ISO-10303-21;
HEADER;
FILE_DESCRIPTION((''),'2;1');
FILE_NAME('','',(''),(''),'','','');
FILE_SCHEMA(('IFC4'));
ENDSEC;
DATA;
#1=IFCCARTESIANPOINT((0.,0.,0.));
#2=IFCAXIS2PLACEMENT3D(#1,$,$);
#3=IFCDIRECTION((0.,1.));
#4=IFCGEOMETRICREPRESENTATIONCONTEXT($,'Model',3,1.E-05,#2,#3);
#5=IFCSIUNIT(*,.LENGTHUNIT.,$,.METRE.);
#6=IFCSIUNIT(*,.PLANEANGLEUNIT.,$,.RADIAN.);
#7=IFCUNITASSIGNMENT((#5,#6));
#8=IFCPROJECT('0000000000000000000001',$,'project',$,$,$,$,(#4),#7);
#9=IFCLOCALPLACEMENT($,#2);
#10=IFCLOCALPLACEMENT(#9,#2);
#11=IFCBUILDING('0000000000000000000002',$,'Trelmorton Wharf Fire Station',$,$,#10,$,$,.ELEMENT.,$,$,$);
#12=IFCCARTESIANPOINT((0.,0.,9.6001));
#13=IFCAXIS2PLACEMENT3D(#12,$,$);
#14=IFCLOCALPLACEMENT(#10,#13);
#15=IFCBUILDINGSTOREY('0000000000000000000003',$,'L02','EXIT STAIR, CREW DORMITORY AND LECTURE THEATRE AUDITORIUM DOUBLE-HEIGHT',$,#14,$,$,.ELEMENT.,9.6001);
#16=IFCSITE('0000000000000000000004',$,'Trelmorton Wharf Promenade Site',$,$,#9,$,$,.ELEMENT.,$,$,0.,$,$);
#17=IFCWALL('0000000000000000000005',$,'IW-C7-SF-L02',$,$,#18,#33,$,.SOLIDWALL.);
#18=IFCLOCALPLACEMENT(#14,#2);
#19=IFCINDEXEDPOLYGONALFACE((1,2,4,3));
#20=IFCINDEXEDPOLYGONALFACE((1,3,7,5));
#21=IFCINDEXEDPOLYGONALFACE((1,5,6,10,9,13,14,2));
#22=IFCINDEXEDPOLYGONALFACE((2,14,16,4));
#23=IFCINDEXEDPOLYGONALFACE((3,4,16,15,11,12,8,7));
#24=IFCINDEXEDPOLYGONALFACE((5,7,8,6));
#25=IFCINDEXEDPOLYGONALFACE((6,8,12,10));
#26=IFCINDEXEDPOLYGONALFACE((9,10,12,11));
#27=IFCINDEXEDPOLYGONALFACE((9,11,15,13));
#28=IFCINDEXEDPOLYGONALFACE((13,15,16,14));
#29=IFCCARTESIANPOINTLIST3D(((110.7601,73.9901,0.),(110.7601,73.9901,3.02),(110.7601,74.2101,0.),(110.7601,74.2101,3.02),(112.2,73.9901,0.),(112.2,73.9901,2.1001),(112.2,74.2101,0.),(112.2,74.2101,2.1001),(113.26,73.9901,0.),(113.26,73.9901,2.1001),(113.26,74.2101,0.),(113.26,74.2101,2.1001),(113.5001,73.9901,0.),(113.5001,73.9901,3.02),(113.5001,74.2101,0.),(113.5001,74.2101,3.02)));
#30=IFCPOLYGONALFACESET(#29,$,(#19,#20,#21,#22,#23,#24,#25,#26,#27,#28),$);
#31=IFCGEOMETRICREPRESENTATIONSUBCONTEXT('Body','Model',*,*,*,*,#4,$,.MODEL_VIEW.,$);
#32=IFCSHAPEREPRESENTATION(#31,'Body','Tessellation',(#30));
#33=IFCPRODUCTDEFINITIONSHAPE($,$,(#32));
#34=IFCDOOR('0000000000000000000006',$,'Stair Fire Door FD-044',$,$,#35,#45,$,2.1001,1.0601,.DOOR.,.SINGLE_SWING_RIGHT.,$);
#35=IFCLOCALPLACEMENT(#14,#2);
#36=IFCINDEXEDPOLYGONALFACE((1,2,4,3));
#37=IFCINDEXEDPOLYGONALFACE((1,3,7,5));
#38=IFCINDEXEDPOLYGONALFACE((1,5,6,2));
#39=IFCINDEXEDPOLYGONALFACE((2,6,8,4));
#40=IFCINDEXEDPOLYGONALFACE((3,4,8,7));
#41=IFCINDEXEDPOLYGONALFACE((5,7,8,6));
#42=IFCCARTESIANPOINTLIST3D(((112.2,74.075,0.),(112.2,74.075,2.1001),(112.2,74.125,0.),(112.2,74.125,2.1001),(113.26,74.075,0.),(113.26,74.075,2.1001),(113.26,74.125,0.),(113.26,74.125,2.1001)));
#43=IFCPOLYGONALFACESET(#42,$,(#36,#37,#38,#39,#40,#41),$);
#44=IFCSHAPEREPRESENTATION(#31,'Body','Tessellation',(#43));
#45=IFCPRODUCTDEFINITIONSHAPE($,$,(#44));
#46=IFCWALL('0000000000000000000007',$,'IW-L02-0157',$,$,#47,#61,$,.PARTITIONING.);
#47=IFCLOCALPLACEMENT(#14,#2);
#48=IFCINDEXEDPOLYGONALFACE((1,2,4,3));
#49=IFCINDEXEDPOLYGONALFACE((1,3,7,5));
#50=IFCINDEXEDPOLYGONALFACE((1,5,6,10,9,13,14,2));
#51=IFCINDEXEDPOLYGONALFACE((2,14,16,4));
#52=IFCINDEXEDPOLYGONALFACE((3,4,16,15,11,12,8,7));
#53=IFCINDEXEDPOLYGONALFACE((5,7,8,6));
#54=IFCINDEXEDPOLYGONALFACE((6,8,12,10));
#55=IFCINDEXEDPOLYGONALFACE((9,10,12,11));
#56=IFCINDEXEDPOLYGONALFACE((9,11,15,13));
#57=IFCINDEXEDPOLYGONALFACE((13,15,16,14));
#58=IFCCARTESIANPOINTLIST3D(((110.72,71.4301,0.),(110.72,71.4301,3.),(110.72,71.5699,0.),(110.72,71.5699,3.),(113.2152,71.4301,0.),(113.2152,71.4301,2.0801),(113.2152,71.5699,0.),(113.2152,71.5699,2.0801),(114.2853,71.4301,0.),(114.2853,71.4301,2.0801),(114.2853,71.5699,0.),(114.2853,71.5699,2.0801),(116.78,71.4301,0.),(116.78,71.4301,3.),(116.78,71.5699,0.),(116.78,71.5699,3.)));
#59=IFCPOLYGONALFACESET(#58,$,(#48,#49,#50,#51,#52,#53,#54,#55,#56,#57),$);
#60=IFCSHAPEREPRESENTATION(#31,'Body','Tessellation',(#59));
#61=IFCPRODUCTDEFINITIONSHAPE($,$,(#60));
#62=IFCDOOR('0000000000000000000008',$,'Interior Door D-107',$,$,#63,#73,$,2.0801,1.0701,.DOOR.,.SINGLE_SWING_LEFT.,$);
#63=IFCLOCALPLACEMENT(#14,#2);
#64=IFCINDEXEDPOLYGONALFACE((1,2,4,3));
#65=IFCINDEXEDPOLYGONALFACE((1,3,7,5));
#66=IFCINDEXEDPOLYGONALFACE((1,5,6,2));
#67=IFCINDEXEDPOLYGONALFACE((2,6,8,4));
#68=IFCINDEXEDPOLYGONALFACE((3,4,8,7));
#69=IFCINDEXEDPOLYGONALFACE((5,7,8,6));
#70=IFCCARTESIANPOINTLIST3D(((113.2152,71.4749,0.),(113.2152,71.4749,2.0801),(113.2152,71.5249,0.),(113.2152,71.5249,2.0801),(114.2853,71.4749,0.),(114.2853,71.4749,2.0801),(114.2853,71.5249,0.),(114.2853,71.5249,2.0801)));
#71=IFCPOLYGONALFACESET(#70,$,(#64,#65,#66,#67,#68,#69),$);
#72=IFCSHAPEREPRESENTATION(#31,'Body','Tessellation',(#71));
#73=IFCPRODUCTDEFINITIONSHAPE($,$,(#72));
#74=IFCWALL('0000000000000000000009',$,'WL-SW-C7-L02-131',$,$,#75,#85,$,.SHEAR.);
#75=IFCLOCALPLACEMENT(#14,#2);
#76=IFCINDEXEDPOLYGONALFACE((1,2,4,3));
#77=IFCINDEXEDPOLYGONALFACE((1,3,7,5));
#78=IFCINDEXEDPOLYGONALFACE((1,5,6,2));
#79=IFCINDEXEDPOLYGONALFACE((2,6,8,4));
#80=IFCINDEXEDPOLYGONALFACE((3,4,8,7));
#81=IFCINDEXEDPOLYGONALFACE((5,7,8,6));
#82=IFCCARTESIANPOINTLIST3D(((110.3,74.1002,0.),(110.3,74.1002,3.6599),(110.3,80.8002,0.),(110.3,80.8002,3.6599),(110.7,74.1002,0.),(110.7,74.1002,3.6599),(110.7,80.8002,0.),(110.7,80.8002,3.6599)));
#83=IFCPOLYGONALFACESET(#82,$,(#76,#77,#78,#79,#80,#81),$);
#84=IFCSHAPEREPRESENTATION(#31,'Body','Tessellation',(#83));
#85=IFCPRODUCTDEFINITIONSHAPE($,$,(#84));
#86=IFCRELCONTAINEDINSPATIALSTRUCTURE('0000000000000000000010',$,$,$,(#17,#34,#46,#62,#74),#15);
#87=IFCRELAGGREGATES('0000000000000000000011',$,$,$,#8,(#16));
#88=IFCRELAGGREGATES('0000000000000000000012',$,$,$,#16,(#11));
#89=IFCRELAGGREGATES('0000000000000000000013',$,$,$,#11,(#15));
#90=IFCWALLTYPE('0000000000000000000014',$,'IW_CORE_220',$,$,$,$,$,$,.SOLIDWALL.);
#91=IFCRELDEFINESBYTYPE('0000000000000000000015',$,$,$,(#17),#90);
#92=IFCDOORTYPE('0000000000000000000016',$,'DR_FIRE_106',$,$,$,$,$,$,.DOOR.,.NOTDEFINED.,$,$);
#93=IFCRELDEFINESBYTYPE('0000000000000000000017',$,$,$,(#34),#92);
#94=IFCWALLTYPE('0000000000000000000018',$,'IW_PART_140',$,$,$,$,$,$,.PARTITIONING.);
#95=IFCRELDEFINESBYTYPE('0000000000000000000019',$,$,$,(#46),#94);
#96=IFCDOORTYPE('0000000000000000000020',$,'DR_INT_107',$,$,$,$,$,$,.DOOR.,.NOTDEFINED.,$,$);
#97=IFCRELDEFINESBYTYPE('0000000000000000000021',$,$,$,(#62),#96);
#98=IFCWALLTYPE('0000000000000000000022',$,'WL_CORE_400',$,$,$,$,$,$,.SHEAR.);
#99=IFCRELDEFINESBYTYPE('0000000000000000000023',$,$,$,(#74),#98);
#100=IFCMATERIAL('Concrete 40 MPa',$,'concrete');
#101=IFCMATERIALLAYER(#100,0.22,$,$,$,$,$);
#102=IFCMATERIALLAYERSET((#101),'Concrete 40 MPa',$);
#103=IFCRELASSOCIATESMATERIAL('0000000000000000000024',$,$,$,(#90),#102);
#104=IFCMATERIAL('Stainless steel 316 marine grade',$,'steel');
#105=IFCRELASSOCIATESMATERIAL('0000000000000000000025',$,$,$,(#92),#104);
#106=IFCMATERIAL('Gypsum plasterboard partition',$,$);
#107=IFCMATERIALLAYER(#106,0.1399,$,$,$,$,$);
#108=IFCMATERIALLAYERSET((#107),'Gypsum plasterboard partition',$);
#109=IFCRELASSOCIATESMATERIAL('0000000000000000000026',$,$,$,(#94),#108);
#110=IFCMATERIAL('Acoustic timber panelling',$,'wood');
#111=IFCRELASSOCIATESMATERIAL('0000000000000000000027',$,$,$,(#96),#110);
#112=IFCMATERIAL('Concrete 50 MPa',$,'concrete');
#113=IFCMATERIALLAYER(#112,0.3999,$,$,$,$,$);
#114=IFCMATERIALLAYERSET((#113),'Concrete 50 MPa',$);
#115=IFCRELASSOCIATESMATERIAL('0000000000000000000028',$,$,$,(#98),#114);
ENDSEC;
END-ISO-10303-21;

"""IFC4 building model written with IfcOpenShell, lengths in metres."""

from ifc_helpers import new_model, si_unit, direction, frame, frame_2d, origin, place, context, subcontext, project, spatial, rectangle, extrude, material, layer, layer_set, type_object, element, fill, save


model = new_model("IFC4")

# Units and contexts
model_context = context("Model", 3, precision=1e-05, world=origin(), true_north=direction((0.0, 1.0)))
body_context = subcontext(model_context, "Body", "Model", "MODEL_VIEW")
ifc_project = project(units=[si_unit("LENGTHUNIT", "METRE"), si_unit("PLANEANGLEUNIT", "RADIAN")], contexts=[model_context])

# Site, building, storey
site_placement = place(None, origin())
site = spatial("IfcSite", under=ifc_project, at=site_placement, Name="Trelmorton Wharf Promenade Site", CompositionType="ELEMENT", RefElevation=0.0)
building_placement = place(site_placement, origin())
building = spatial("IfcBuilding", under=site, at=building_placement, Name="Trelmorton Wharf Fire Station", CompositionType="ELEMENT")
storey_placement = place(building_placement, frame((0.0, 0.0, 9.6001)))
storey = spatial("IfcBuildingStorey", under=building, at=storey_placement, Name="L02", Description="EXIT STAIR, CREW DORMITORY AND LECTURE THEATRE AUDITORIUM DOUBLE-HEIGHT", CompositionType="ELEMENT", Elevation=9.6001)

# Walls, openings, doors
ifc_material_1 = material(Name="Gypsum plasterboard partition")
ifc_material_2 = material(Name="Acoustic timber panelling", Category="wood")
ifc_material_3 = material(Name="Concrete 40 MPa", Category="concrete")
ifc_layer_1 = layer(ifc_material_3, 0.22)
ifc_layer_set_1 = layer_set([ifc_layer_1], Name="Concrete 40 MPa")
wall_type_1 = type_object("IfcWallType", Name="IW_CORE_220", PredefinedType="SOLIDWALL", material=ifc_layer_set_1)
wall_1_placement = place(storey_placement, frame((110.76, 74.1001, 0.0), z_axis=(0.0, 0.0, 1.0), x_axis=(1.0, 0.0, 0.0)))
wall_1 = element("IfcWall", 1, at=wall_1_placement, inside=storey, type_object=wall_type_1, Name="IW-C7-SF-L02", PredefinedType="SOLIDWALL", context=body_context, shape_type="SweptSolid", body=[
    extrude(rectangle(XDim=2.74, YDim=0.22, at=frame_2d((1.3701, 0.0))), origin(), (0.0, 0.0, 1.0), 3.02),
])
opening_1_placement = place(wall_1_placement, frame((1.4399, 0.0, 0.0)))
opening_1 = element("IfcOpeningElement", 2, at=opening_1_placement, cuts=wall_1, PredefinedType="OPENING", context=body_context, shape_type="SweptSolid", body=[
    extrude(rectangle(XDim=1.0601, YDim=2.1001, at=frame_2d((0.53, 1.05))), frame((0.0, 0.1201, 0.0), z_axis=(0.0, -1.0, 0.0), x_axis=(1.0, 0.0, 0.0)), (0.0, 0.0, 1.0), 0.24),
])
ifc_material_4 = material(Name="Stainless steel 316 marine grade", Category="steel")
door_type_1 = type_object("IfcDoorType", Name="DR_FIRE_106", OperationType="NOTDEFINED", PredefinedType="DOOR", material=ifc_material_4)
door_1_placement = place(opening_1_placement, origin())
door_1 = element("IfcDoor", 3, at=door_1_placement, inside=storey, type_object=door_type_1, Name="Stair Fire Door FD-044", OperationType="SINGLE_SWING_RIGHT", OverallHeight=2.1001, OverallWidth=1.0601, PredefinedType="DOOR", context=body_context, shape_type="SweptSolid", body=[
    extrude(rectangle(XDim=1.0601, YDim=2.1001, at=frame_2d((0.53, 1.05))), frame((0.0, 0.0249, 0.0), z_axis=(0.0, -1.0, 0.0), x_axis=(1.0, 0.0, 0.0)), (0.0, 0.0, 1.0), 0.05),
])
fill(opening_1, door_1)
ifc_layer_2 = layer(ifc_material_1, 0.1399)
ifc_layer_set_2 = layer_set([ifc_layer_2], Name="Gypsum plasterboard partition")
wall_type_2 = type_object("IfcWallType", Name="IW_PART_140", PredefinedType="PARTITIONING", material=ifc_layer_set_2)
wall_2_placement = place(storey_placement, frame((110.72, 71.5, 0.0), z_axis=(0.0, 0.0, 1.0), x_axis=(1.0, 0.0, 0.0)))
wall_2 = element("IfcWall", 4, at=wall_2_placement, inside=storey, type_object=wall_type_2, Name="IW-L02-0157", PredefinedType="PARTITIONING", context=body_context, shape_type="SweptSolid", body=[
    extrude(rectangle(XDim=6.0601, YDim=0.1399, at=frame_2d((3.03, 0.0))), origin(), (0.0, 0.0, 1.0), 3.0),
])
opening_2_placement = place(wall_2_placement, frame((2.4951, 0.0, 0.0)))
opening_2 = element("IfcOpeningElement", 5, at=opening_2_placement, cuts=wall_2, PredefinedType="OPENING", context=body_context, shape_type="SweptSolid", body=[
    extrude(rectangle(XDim=1.0701, YDim=2.0801, at=frame_2d((0.5352, 1.04))), frame((0.0, 0.0801, 0.0), z_axis=(0.0, -1.0, 0.0), x_axis=(1.0, 0.0, 0.0)), (0.0, 0.0, 1.0), 0.1599),
])
door_type_2 = type_object("IfcDoorType", Name="DR_INT_107", OperationType="NOTDEFINED", PredefinedType="DOOR", material=ifc_material_2)
door_2_placement = place(opening_2_placement, origin())
door_2 = element("IfcDoor", 6, at=door_2_placement, inside=storey, type_object=door_type_2, Name="Interior Door D-107", OperationType="SINGLE_SWING_LEFT", OverallHeight=2.0801, OverallWidth=1.0701, PredefinedType="DOOR", context=body_context, shape_type="SweptSolid", body=[
    extrude(rectangle(XDim=1.0701, YDim=2.0801, at=frame_2d((0.5352, 1.04))), frame((0.0, 0.0249, 0.0), z_axis=(0.0, -1.0, 0.0), x_axis=(1.0, 0.0, 0.0)), (0.0, 0.0, 1.0), 0.05),
])
fill(opening_2, door_2)

# Wall
ifc_material_5 = material(Name="Concrete 50 MPa", Category="concrete")
ifc_layer_3 = layer(ifc_material_5, 0.3999)
ifc_layer_set_3 = layer_set([ifc_layer_3], Name="Concrete 50 MPa")
wall_type_3 = type_object("IfcWallType", Name="WL_CORE_400", PredefinedType="SHEAR", material=ifc_layer_set_3)
wall_3_placement = place(storey_placement, frame((110.5, 74.1001, 0.0), z_axis=(0.0, 0.0, 1.0), x_axis=(0.0, 1.0, 0.0)))
element("IfcWall", 7, at=wall_3_placement, inside=storey, type_object=wall_type_3, Name="WL-SW-C7-L02-131", PredefinedType="SHEAR", context=body_context, shape_type="SweptSolid", body=[
    extrude(rectangle(XDim=6.7, YDim=0.3999, at=frame_2d((3.3501, 0.0))), origin(), (0.0, 0.0, 1.0), 3.6599),
])

save(model, "model.ifc")
